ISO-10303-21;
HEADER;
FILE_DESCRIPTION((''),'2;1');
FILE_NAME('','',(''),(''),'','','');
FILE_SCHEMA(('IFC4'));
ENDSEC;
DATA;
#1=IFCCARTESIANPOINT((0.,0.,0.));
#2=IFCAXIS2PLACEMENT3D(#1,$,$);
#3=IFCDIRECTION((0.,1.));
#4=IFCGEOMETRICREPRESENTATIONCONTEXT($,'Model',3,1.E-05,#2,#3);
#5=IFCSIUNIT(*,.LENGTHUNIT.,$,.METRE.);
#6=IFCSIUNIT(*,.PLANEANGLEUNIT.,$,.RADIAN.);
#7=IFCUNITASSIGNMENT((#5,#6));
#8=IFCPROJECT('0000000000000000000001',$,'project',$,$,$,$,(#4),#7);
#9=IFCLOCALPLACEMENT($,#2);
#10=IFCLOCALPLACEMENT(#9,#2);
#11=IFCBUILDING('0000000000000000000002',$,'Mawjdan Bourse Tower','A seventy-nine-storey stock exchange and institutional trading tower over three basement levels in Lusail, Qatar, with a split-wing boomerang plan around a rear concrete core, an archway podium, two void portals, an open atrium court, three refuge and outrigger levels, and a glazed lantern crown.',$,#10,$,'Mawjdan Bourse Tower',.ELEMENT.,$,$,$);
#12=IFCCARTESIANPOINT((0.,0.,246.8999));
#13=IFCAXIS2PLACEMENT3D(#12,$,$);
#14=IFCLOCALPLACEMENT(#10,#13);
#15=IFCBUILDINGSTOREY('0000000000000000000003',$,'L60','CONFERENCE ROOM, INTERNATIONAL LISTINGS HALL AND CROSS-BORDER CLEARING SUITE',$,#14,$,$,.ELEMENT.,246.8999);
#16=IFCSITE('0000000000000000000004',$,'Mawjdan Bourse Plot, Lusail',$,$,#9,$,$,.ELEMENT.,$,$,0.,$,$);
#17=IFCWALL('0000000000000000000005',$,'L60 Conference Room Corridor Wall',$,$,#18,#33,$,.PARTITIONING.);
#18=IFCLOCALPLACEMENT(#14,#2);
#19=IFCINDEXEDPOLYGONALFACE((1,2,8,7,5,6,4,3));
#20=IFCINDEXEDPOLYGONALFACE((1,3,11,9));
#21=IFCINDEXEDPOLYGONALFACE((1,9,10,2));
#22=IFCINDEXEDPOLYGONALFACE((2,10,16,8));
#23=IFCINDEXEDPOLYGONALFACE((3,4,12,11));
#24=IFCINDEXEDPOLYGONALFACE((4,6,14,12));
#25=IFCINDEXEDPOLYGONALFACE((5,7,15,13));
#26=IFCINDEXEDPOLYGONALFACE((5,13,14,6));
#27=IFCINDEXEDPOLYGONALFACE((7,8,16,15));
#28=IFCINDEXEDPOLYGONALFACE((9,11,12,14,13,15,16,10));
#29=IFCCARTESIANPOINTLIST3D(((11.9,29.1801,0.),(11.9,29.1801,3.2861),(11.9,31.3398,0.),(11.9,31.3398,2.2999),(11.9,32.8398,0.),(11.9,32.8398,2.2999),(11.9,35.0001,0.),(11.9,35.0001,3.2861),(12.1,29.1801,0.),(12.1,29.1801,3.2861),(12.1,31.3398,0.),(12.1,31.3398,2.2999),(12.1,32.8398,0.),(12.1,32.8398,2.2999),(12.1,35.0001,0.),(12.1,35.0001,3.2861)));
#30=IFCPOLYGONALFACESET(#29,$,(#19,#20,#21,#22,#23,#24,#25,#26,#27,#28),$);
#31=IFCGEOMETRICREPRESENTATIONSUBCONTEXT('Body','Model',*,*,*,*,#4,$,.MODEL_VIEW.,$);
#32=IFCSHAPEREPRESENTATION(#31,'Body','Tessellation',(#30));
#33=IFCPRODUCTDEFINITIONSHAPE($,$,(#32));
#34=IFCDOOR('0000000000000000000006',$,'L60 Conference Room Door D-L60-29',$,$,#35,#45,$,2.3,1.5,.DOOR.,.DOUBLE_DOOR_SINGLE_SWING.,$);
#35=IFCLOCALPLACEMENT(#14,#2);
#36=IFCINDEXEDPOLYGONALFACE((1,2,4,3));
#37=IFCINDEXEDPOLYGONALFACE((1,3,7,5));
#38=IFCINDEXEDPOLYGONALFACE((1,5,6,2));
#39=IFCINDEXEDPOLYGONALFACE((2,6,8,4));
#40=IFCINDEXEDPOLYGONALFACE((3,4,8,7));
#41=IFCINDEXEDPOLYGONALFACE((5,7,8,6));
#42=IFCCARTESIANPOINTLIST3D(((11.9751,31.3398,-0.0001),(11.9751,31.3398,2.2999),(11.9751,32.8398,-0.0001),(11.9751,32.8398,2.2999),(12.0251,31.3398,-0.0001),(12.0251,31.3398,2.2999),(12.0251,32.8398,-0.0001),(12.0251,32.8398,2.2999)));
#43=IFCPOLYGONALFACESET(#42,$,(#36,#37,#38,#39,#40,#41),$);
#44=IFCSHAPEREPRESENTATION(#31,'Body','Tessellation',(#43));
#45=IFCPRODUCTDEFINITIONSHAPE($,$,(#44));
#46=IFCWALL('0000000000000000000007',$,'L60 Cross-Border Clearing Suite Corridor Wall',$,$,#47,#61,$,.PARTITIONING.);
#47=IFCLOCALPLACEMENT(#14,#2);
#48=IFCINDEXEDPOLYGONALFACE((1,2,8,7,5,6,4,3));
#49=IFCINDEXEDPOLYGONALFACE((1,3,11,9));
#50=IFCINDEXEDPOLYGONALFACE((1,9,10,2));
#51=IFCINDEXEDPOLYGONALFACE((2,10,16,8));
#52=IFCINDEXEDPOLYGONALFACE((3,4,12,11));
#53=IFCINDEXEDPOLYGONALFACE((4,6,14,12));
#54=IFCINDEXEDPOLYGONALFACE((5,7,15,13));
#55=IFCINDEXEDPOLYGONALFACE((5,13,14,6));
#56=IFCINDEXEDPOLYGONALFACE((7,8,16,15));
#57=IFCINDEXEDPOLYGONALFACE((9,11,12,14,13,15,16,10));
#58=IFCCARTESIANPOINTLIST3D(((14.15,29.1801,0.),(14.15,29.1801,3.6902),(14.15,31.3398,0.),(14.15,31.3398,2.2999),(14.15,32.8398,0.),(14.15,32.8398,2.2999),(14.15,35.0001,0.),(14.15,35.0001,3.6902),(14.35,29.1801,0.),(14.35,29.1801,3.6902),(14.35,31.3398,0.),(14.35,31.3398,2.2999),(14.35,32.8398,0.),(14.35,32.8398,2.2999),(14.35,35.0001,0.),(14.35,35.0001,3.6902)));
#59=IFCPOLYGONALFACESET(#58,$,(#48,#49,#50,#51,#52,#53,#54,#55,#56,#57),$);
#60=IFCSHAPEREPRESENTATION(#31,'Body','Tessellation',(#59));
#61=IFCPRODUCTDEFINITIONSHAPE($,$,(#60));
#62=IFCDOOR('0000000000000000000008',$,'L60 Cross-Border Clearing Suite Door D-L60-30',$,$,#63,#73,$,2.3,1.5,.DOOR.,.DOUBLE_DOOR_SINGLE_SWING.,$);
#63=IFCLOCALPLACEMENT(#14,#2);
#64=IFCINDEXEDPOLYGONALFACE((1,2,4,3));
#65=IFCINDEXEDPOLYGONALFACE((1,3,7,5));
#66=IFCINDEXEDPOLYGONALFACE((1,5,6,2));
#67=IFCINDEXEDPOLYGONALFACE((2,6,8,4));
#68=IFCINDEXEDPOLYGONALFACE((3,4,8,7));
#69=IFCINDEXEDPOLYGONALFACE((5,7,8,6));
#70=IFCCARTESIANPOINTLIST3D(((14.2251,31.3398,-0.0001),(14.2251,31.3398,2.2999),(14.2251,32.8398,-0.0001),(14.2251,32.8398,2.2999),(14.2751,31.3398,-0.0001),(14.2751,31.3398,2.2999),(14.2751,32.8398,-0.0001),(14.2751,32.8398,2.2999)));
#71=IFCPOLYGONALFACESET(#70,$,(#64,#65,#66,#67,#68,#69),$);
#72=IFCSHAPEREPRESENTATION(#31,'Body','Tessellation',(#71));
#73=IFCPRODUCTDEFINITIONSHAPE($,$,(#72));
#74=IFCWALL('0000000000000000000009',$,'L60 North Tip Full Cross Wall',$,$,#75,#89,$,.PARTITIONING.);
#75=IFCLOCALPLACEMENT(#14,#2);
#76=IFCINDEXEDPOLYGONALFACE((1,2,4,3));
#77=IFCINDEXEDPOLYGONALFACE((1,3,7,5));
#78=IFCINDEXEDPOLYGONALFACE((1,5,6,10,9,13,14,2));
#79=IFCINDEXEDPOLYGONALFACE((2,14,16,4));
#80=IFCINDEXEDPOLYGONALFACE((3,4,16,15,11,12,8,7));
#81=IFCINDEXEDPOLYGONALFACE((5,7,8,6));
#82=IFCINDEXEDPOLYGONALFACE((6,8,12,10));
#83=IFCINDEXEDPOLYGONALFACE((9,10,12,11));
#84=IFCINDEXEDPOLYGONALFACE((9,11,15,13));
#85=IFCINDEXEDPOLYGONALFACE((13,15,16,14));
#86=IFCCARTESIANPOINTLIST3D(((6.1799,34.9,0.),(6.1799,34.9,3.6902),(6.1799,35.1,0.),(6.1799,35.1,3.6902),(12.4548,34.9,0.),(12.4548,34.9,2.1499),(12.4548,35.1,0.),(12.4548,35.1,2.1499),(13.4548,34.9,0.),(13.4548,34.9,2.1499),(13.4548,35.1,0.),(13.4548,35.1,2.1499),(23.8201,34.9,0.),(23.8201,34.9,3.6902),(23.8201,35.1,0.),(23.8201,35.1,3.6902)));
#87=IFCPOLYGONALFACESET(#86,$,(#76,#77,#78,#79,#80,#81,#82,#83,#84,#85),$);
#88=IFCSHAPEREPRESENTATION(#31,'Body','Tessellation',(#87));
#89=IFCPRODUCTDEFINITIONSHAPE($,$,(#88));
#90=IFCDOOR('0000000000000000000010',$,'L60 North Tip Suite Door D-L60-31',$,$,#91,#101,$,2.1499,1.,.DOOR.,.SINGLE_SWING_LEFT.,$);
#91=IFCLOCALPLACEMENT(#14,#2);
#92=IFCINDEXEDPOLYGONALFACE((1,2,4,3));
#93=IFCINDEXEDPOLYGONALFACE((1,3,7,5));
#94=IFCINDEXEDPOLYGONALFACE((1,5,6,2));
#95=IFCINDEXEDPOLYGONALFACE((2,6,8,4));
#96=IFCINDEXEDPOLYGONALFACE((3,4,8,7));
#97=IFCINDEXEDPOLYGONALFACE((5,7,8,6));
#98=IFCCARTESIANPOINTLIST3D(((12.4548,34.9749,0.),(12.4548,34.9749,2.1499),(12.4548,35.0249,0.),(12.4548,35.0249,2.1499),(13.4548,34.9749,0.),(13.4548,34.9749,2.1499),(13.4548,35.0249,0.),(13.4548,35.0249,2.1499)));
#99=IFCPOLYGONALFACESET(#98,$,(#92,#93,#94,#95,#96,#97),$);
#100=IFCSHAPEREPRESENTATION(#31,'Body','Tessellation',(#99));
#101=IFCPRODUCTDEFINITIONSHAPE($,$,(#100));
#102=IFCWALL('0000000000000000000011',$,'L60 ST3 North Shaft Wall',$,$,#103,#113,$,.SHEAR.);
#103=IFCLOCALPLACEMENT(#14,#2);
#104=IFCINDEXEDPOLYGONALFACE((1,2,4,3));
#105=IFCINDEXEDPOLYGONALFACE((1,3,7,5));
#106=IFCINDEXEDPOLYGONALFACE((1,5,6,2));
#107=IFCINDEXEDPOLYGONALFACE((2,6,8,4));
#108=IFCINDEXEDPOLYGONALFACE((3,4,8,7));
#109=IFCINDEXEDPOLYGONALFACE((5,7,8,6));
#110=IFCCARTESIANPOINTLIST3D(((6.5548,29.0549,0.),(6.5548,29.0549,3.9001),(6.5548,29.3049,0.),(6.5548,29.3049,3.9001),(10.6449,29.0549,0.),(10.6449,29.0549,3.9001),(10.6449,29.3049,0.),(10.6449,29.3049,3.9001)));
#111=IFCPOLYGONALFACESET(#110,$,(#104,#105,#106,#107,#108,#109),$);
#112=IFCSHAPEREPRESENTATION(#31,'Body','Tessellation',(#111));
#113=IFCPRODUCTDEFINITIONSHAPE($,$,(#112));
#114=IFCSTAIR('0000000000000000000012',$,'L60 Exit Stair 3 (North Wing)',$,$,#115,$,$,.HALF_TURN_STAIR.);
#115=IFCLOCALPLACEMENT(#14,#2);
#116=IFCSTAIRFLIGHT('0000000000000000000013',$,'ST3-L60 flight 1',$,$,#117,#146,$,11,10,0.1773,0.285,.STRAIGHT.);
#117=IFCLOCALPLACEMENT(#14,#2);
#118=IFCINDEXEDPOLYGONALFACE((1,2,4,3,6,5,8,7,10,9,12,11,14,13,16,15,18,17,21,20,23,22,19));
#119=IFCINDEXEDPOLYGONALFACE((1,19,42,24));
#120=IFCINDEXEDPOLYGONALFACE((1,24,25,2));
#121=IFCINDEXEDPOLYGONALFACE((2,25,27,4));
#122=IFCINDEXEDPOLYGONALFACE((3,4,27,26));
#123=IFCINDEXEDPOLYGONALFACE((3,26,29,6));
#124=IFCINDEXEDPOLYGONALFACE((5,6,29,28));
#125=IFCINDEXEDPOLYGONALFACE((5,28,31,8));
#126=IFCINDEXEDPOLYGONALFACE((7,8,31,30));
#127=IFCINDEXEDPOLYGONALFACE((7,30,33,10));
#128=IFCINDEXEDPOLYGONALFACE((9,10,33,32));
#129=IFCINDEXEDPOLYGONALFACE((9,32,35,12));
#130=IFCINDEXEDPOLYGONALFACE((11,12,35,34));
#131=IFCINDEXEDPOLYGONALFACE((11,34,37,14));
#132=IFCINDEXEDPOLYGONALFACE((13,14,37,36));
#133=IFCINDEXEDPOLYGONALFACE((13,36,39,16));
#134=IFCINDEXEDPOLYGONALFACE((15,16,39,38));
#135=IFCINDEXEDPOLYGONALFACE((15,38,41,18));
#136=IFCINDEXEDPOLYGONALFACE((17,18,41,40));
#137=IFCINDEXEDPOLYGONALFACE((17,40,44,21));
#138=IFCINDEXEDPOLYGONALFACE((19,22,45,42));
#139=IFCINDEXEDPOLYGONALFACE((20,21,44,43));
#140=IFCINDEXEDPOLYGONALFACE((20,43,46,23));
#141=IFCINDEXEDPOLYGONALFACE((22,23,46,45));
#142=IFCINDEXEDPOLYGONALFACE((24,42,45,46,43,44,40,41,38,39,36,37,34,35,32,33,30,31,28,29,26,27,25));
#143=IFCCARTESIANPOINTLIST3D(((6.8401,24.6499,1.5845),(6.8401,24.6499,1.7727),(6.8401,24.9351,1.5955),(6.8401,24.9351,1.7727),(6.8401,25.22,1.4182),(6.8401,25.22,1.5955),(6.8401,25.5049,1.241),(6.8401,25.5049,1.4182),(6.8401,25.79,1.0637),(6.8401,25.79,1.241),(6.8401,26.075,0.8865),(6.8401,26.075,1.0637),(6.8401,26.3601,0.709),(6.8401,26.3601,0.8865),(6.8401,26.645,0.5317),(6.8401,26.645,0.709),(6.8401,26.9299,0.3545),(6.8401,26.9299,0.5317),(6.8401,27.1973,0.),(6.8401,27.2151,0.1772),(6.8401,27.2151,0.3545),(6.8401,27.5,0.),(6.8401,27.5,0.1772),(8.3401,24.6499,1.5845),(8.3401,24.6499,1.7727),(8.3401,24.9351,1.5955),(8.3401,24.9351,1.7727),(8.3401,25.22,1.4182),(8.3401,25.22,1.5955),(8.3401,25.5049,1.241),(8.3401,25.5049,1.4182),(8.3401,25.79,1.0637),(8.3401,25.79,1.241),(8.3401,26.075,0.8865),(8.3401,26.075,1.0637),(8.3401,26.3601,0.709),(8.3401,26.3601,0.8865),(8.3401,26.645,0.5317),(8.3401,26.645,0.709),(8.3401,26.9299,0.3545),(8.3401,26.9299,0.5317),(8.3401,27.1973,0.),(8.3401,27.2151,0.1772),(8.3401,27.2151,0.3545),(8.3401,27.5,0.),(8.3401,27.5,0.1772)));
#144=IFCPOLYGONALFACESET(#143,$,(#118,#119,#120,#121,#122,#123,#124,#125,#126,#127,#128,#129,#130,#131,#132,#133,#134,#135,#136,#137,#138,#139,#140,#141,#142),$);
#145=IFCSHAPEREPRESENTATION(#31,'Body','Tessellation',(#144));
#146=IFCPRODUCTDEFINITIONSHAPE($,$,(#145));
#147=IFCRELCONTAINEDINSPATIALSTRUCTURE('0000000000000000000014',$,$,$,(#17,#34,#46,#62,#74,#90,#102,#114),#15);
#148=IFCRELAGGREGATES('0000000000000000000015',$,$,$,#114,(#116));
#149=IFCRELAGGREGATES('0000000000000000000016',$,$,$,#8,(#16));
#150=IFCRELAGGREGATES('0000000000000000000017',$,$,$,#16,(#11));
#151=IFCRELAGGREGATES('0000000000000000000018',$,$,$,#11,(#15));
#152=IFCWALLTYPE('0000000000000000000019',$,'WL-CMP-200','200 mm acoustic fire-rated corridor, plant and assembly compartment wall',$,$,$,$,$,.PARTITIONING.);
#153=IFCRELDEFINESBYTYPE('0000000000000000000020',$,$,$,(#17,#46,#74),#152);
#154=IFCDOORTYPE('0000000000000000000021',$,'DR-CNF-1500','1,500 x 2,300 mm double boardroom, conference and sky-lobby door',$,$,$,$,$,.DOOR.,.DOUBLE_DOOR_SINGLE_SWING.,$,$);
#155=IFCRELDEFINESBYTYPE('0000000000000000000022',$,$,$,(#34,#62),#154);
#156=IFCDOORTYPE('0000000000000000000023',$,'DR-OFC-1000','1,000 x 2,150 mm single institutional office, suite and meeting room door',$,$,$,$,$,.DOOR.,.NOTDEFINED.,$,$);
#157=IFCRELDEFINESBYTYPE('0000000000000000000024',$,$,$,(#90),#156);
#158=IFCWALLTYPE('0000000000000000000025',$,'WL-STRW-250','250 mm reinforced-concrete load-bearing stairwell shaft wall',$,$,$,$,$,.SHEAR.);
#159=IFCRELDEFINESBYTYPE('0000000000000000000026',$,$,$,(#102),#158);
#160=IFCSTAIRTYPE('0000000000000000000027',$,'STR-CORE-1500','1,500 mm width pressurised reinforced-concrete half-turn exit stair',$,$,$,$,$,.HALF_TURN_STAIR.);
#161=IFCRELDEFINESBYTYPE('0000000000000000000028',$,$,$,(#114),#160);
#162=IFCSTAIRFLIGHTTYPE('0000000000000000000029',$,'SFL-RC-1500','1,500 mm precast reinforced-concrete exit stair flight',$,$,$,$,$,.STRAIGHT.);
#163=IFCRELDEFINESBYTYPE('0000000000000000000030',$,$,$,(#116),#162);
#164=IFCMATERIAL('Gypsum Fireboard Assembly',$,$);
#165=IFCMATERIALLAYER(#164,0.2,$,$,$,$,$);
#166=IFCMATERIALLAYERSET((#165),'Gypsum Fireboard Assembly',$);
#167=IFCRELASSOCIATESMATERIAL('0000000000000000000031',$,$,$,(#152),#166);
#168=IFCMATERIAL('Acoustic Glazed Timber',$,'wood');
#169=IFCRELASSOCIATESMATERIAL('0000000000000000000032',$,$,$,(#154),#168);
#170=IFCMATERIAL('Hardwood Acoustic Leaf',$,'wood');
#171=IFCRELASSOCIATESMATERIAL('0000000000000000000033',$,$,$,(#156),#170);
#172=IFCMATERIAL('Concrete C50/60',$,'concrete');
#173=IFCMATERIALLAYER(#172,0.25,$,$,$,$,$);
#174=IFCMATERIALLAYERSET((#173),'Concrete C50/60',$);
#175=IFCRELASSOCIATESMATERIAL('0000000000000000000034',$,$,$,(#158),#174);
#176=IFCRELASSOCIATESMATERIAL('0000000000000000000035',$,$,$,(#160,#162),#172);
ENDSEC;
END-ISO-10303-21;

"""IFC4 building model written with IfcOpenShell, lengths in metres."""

from ifc_helpers import new_model, si_unit, direction, frame, frame_2d, origin, place, context, subcontext, project, spatial, polyline, rectangle, outline, extrude, material, layer, layer_set, type_object, element, fill, aggregate, save


model = new_model("IFC4")

# Units and contexts
model_context = context("Model", 3, precision=1e-05, world=origin(), true_north=direction((0.0, 1.0)))
body_context = subcontext(model_context, "Body", "Model", "MODEL_VIEW")
ifc_project = project(units=[si_unit("LENGTHUNIT", "METRE"), si_unit("PLANEANGLEUNIT", "RADIAN")], contexts=[model_context])

# Site, building, storey
site_placement = place(None, origin())
site = spatial("IfcSite", under=ifc_project, at=site_placement, Name="Mawjdan Bourse Plot, Lusail", CompositionType="ELEMENT", RefElevation=0.0)
building_placement = place(site_placement, origin())
building = spatial("IfcBuilding", under=site, at=building_placement, Name="Mawjdan Bourse Tower", Description="A seventy-nine-storey stock exchange and institutional trading tower over three basement levels in Lusail, Qatar, with a split-wing boomerang plan around a rear concrete core, an archway podium, two void portals, an open atrium court, three refuge and outrigger levels, and a glazed lantern crown.", LongName="Mawjdan Bourse Tower", CompositionType="ELEMENT")
storey_placement = place(building_placement, frame((0.0, 0.0, 246.8999)))
storey = spatial("IfcBuildingStorey", under=building, at=storey_placement, Name="L60", Description="CONFERENCE ROOM, INTERNATIONAL LISTINGS HALL AND CROSS-BORDER CLEARING SUITE", CompositionType="ELEMENT", Elevation=246.8999)

# Shared definitions
ifc_material_1 = material(Name="Gypsum Fireboard Assembly")
ifc_layer_1 = layer(ifc_material_1, 0.2)
ifc_layer_set_1 = layer_set([ifc_layer_1], Name="Gypsum Fireboard Assembly")
wall_type_1 = type_object("IfcWallType", Name="WL-CMP-200", Description="200 mm acoustic fire-rated corridor, plant and assembly compartment wall", PredefinedType="PARTITIONING", material=ifc_layer_set_1)

# Walls, openings, doors
wall_1_placement = place(storey_placement, frame((12.0, 29.1799, 0.0), z_axis=(0.0, 0.0, 1.0), x_axis=(0.0, 1.0, 0.0)))
wall_1 = element("IfcWall", 1, at=wall_1_placement, inside=storey, type_object=wall_type_1, Name="L60 Conference Room Corridor Wall", PredefinedType="PARTITIONING", context=body_context, shape_type="SweptSolid", body=[
    extrude(rectangle(XDim=5.8201, YDim=0.2, at=frame_2d((2.9102, 0.0))), origin(), (0.0, 0.0, 1.0), 3.2861),
])
opening_1_placement = place(wall_1_placement, frame((2.1599, 0.0, 0.0)))
opening_1 = element("IfcOpeningElement", 2, at=opening_1_placement, cuts=wall_1, PredefinedType="OPENING", context=body_context, shape_type="SweptSolid", body=[
    extrude(rectangle(XDim=1.5, YDim=2.3, at=frame_2d((0.75, 1.1499))), frame((0.0, 0.1099, 0.0), z_axis=(0.0, -1.0, 0.0), x_axis=(1.0, 0.0, 0.0)), (0.0, 0.0, 1.0), 0.22),
])
ifc_material_2 = material(Name="Acoustic Glazed Timber", Category="wood")
door_type_1 = type_object("IfcDoorType", Name="DR-CNF-1500", Description="1,500 x 2,300 mm double boardroom, conference and sky-lobby door", OperationType="DOUBLE_DOOR_SINGLE_SWING", PredefinedType="DOOR", material=ifc_material_2)
door_1_placement = place(opening_1_placement, origin())
door_1 = element("IfcDoor", 3, at=door_1_placement, inside=storey, type_object=door_type_1, Name="L60 Conference Room Door D-L60-29", OperationType="DOUBLE_DOOR_SINGLE_SWING", OverallHeight=2.3, OverallWidth=1.5, PredefinedType="DOOR", context=body_context, shape_type="SweptSolid", body=[
    extrude(rectangle(XDim=1.5, YDim=2.3, at=frame_2d((0.75, 1.1499))), frame((0.0, 0.0249, 0.0), z_axis=(0.0, -1.0, 0.0), x_axis=(1.0, 0.0, 0.0)), (0.0, 0.0, 1.0), 0.05),
])
fill(opening_1, door_1)
wall_2_placement = place(storey_placement, frame((14.25, 29.1799, 0.0), z_axis=(0.0, 0.0, 1.0), x_axis=(0.0, 1.0, 0.0)))
wall_2 = element("IfcWall", 4, at=wall_2_placement, inside=storey, type_object=wall_type_1, Name="L60 Cross-Border Clearing Suite Corridor Wall", PredefinedType="PARTITIONING", context=body_context, shape_type="SweptSolid", body=[
    extrude(rectangle(XDim=5.8201, YDim=0.2, at=frame_2d((2.9102, 0.0))), origin(), (0.0, 0.0, 1.0), 3.6902),
])
opening_2_placement = place(wall_2_placement, frame((2.1599, 0.0, 0.0)))
opening_2 = element("IfcOpeningElement", 5, at=opening_2_placement, cuts=wall_2, PredefinedType="OPENING", context=body_context, shape_type="SweptSolid", body=[
    extrude(rectangle(XDim=1.5, YDim=2.3, at=frame_2d((0.75, 1.1499))), frame((0.0, 0.1099, 0.0), z_axis=(0.0, -1.0, 0.0), x_axis=(1.0, 0.0, 0.0)), (0.0, 0.0, 1.0), 0.22),
])
door_2_placement = place(opening_2_placement, origin())
door_2 = element("IfcDoor", 6, at=door_2_placement, inside=storey, type_object=door_type_1, Name="L60 Cross-Border Clearing Suite Door D-L60-30", OperationType="DOUBLE_DOOR_SINGLE_SWING", OverallHeight=2.3, OverallWidth=1.5, PredefinedType="DOOR", context=body_context, shape_type="SweptSolid", body=[
    extrude(rectangle(XDim=1.5, YDim=2.3, at=frame_2d((0.75, 1.1499))), frame((0.0, 0.0249, 0.0), z_axis=(0.0, -1.0, 0.0), x_axis=(1.0, 0.0, 0.0)), (0.0, 0.0, 1.0), 0.05),
])
fill(opening_2, door_2)
wall_3_placement = place(storey_placement, frame((6.1799, 35.0, 0.0), z_axis=(0.0, 0.0, 1.0), x_axis=(1.0, 0.0, 0.0)))
wall_3 = element("IfcWall", 7, at=wall_3_placement, inside=storey, type_object=wall_type_1, Name="L60 North Tip Full Cross Wall", PredefinedType="PARTITIONING", context=body_context, shape_type="SweptSolid", body=[
    extrude(rectangle(XDim=17.6401, YDim=0.2, at=frame_2d((8.8201, 0.0))), origin(), (0.0, 0.0, 1.0), 3.6902),
])
opening_3_placement = place(wall_3_placement, frame((6.2749, 0.0, 0.0)))
opening_3 = element("IfcOpeningElement", 8, at=opening_3_placement, cuts=wall_3, PredefinedType="OPENING", context=body_context, shape_type="SweptSolid", body=[
    extrude(rectangle(XDim=1.0, YDim=2.1499, at=frame_2d((0.5, 1.075))), frame((0.0, 0.1099, 0.0), z_axis=(0.0, -1.0, 0.0), x_axis=(1.0, 0.0, 0.0)), (0.0, 0.0, 1.0), 0.22),
])
ifc_material_3 = material(Name="Hardwood Acoustic Leaf", Category="wood")
door_type_2 = type_object("IfcDoorType", Name="DR-OFC-1000", Description="1,000 x 2,150 mm single institutional office, suite and meeting room door", OperationType="NOTDEFINED", PredefinedType="DOOR", material=ifc_material_3)
door_3_placement = place(opening_3_placement, origin())
door_3 = element("IfcDoor", 9, at=door_3_placement, inside=storey, type_object=door_type_2, Name="L60 North Tip Suite Door D-L60-31", OperationType="SINGLE_SWING_LEFT", OverallHeight=2.1499, OverallWidth=1.0, PredefinedType="DOOR", context=body_context, shape_type="SweptSolid", body=[
    extrude(rectangle(XDim=1.0, YDim=2.1499, at=frame_2d((0.5, 1.075))), frame((0.0, 0.0249, 0.0), z_axis=(0.0, -1.0, 0.0), x_axis=(1.0, 0.0, 0.0)), (0.0, 0.0, 1.0), 0.05),
])
fill(opening_3, door_3)

# Wall
ifc_material_4 = material(Name="Concrete C50/60", Category="concrete")
ifc_layer_2 = layer(ifc_material_4, 0.25)
ifc_layer_set_2 = layer_set([ifc_layer_2], Name="Concrete C50/60")
wall_type_2 = type_object("IfcWallType", Name="WL-STRW-250", Description="250 mm reinforced-concrete load-bearing stairwell shaft wall", PredefinedType="SHEAR", material=ifc_layer_set_2)
wall_4_placement = place(storey_placement, frame((6.5549, 29.1799, 0.0), z_axis=(0.0, 0.0, 1.0), x_axis=(1.0, 0.0, 0.0)))
element("IfcWall", 10, at=wall_4_placement, inside=storey, type_object=wall_type_2, Name="L60 ST3 North Shaft Wall", PredefinedType="SHEAR", context=body_context, shape_type="SweptSolid", body=[
    extrude(rectangle(XDim=4.0901, YDim=0.25, at=frame_2d((2.0449, 0.0))), origin(), (0.0, 0.0, 1.0), 3.9001),
])

# Stair, stair flight
stair_type = type_object("IfcStairType", Name="STR-CORE-1500", Description="1,500 mm width pressurised reinforced-concrete half-turn exit stair", PredefinedType="HALF_TURN_STAIR", material=ifc_material_4)
stair_placement = place(storey_placement, origin())
stair = element("IfcStair", 11, at=stair_placement, inside=storey, type_object=stair_type, Name="L60 Exit Stair 3 (North Wing)", PredefinedType="HALF_TURN_STAIR")
stair_flight_type = type_object("IfcStairFlightType", Name="SFL-RC-1500", Description="1,500 mm precast reinforced-concrete exit stair flight", PredefinedType="STRAIGHT", material=ifc_material_4)
stair_flight_placement = place(storey_placement, frame((7.5901, 27.5, 0.0), z_axis=(0.0, 0.0, 1.0), x_axis=(0.0, -1.0, 0.0)))
stair_flight = element("IfcStairFlight", 12, at=stair_flight_placement, type_object=stair_flight_type, Name="ST3-L60 flight 1", NumberOfRisers=11, NumberOfTreads=10, PredefinedType="STRAIGHT", RiserHeight=0.1773, TreadLength=0.285, context=body_context, shape_type="SweptSolid", body=[
    extrude(outline(polyline([(0.0, 0.0), (0.0, 0.1772), (0.2849, 0.1772), (0.2849, 0.3545), (0.5701, 0.3545), (0.5701, 0.5317), (0.855, 0.5317), (0.855, 0.709), (1.1399, 0.709), (1.1399, 0.8865), (1.425, 0.8865), (1.425, 1.0637), (1.71, 1.0637), (1.71, 1.241), (1.9951, 1.241), (1.9951, 1.4182), (2.28, 1.4182), (2.28, 1.5955), (2.5649, 1.5955), (2.5649, 1.7727), (2.8501, 1.7727), (2.8501, 1.95), (2.8501, 1.5845), (0.3027, 0.0), (0.0, 0.0)])), frame((0.0, 0.75, 0.0), z_axis=(0.0, -1.0, 0.0), x_axis=(1.0, 0.0, 0.0)), (0.0, 0.0, 1.0), 1.5),
])
aggregate(stair, [stair_flight])

save(model, "model.ifc")
